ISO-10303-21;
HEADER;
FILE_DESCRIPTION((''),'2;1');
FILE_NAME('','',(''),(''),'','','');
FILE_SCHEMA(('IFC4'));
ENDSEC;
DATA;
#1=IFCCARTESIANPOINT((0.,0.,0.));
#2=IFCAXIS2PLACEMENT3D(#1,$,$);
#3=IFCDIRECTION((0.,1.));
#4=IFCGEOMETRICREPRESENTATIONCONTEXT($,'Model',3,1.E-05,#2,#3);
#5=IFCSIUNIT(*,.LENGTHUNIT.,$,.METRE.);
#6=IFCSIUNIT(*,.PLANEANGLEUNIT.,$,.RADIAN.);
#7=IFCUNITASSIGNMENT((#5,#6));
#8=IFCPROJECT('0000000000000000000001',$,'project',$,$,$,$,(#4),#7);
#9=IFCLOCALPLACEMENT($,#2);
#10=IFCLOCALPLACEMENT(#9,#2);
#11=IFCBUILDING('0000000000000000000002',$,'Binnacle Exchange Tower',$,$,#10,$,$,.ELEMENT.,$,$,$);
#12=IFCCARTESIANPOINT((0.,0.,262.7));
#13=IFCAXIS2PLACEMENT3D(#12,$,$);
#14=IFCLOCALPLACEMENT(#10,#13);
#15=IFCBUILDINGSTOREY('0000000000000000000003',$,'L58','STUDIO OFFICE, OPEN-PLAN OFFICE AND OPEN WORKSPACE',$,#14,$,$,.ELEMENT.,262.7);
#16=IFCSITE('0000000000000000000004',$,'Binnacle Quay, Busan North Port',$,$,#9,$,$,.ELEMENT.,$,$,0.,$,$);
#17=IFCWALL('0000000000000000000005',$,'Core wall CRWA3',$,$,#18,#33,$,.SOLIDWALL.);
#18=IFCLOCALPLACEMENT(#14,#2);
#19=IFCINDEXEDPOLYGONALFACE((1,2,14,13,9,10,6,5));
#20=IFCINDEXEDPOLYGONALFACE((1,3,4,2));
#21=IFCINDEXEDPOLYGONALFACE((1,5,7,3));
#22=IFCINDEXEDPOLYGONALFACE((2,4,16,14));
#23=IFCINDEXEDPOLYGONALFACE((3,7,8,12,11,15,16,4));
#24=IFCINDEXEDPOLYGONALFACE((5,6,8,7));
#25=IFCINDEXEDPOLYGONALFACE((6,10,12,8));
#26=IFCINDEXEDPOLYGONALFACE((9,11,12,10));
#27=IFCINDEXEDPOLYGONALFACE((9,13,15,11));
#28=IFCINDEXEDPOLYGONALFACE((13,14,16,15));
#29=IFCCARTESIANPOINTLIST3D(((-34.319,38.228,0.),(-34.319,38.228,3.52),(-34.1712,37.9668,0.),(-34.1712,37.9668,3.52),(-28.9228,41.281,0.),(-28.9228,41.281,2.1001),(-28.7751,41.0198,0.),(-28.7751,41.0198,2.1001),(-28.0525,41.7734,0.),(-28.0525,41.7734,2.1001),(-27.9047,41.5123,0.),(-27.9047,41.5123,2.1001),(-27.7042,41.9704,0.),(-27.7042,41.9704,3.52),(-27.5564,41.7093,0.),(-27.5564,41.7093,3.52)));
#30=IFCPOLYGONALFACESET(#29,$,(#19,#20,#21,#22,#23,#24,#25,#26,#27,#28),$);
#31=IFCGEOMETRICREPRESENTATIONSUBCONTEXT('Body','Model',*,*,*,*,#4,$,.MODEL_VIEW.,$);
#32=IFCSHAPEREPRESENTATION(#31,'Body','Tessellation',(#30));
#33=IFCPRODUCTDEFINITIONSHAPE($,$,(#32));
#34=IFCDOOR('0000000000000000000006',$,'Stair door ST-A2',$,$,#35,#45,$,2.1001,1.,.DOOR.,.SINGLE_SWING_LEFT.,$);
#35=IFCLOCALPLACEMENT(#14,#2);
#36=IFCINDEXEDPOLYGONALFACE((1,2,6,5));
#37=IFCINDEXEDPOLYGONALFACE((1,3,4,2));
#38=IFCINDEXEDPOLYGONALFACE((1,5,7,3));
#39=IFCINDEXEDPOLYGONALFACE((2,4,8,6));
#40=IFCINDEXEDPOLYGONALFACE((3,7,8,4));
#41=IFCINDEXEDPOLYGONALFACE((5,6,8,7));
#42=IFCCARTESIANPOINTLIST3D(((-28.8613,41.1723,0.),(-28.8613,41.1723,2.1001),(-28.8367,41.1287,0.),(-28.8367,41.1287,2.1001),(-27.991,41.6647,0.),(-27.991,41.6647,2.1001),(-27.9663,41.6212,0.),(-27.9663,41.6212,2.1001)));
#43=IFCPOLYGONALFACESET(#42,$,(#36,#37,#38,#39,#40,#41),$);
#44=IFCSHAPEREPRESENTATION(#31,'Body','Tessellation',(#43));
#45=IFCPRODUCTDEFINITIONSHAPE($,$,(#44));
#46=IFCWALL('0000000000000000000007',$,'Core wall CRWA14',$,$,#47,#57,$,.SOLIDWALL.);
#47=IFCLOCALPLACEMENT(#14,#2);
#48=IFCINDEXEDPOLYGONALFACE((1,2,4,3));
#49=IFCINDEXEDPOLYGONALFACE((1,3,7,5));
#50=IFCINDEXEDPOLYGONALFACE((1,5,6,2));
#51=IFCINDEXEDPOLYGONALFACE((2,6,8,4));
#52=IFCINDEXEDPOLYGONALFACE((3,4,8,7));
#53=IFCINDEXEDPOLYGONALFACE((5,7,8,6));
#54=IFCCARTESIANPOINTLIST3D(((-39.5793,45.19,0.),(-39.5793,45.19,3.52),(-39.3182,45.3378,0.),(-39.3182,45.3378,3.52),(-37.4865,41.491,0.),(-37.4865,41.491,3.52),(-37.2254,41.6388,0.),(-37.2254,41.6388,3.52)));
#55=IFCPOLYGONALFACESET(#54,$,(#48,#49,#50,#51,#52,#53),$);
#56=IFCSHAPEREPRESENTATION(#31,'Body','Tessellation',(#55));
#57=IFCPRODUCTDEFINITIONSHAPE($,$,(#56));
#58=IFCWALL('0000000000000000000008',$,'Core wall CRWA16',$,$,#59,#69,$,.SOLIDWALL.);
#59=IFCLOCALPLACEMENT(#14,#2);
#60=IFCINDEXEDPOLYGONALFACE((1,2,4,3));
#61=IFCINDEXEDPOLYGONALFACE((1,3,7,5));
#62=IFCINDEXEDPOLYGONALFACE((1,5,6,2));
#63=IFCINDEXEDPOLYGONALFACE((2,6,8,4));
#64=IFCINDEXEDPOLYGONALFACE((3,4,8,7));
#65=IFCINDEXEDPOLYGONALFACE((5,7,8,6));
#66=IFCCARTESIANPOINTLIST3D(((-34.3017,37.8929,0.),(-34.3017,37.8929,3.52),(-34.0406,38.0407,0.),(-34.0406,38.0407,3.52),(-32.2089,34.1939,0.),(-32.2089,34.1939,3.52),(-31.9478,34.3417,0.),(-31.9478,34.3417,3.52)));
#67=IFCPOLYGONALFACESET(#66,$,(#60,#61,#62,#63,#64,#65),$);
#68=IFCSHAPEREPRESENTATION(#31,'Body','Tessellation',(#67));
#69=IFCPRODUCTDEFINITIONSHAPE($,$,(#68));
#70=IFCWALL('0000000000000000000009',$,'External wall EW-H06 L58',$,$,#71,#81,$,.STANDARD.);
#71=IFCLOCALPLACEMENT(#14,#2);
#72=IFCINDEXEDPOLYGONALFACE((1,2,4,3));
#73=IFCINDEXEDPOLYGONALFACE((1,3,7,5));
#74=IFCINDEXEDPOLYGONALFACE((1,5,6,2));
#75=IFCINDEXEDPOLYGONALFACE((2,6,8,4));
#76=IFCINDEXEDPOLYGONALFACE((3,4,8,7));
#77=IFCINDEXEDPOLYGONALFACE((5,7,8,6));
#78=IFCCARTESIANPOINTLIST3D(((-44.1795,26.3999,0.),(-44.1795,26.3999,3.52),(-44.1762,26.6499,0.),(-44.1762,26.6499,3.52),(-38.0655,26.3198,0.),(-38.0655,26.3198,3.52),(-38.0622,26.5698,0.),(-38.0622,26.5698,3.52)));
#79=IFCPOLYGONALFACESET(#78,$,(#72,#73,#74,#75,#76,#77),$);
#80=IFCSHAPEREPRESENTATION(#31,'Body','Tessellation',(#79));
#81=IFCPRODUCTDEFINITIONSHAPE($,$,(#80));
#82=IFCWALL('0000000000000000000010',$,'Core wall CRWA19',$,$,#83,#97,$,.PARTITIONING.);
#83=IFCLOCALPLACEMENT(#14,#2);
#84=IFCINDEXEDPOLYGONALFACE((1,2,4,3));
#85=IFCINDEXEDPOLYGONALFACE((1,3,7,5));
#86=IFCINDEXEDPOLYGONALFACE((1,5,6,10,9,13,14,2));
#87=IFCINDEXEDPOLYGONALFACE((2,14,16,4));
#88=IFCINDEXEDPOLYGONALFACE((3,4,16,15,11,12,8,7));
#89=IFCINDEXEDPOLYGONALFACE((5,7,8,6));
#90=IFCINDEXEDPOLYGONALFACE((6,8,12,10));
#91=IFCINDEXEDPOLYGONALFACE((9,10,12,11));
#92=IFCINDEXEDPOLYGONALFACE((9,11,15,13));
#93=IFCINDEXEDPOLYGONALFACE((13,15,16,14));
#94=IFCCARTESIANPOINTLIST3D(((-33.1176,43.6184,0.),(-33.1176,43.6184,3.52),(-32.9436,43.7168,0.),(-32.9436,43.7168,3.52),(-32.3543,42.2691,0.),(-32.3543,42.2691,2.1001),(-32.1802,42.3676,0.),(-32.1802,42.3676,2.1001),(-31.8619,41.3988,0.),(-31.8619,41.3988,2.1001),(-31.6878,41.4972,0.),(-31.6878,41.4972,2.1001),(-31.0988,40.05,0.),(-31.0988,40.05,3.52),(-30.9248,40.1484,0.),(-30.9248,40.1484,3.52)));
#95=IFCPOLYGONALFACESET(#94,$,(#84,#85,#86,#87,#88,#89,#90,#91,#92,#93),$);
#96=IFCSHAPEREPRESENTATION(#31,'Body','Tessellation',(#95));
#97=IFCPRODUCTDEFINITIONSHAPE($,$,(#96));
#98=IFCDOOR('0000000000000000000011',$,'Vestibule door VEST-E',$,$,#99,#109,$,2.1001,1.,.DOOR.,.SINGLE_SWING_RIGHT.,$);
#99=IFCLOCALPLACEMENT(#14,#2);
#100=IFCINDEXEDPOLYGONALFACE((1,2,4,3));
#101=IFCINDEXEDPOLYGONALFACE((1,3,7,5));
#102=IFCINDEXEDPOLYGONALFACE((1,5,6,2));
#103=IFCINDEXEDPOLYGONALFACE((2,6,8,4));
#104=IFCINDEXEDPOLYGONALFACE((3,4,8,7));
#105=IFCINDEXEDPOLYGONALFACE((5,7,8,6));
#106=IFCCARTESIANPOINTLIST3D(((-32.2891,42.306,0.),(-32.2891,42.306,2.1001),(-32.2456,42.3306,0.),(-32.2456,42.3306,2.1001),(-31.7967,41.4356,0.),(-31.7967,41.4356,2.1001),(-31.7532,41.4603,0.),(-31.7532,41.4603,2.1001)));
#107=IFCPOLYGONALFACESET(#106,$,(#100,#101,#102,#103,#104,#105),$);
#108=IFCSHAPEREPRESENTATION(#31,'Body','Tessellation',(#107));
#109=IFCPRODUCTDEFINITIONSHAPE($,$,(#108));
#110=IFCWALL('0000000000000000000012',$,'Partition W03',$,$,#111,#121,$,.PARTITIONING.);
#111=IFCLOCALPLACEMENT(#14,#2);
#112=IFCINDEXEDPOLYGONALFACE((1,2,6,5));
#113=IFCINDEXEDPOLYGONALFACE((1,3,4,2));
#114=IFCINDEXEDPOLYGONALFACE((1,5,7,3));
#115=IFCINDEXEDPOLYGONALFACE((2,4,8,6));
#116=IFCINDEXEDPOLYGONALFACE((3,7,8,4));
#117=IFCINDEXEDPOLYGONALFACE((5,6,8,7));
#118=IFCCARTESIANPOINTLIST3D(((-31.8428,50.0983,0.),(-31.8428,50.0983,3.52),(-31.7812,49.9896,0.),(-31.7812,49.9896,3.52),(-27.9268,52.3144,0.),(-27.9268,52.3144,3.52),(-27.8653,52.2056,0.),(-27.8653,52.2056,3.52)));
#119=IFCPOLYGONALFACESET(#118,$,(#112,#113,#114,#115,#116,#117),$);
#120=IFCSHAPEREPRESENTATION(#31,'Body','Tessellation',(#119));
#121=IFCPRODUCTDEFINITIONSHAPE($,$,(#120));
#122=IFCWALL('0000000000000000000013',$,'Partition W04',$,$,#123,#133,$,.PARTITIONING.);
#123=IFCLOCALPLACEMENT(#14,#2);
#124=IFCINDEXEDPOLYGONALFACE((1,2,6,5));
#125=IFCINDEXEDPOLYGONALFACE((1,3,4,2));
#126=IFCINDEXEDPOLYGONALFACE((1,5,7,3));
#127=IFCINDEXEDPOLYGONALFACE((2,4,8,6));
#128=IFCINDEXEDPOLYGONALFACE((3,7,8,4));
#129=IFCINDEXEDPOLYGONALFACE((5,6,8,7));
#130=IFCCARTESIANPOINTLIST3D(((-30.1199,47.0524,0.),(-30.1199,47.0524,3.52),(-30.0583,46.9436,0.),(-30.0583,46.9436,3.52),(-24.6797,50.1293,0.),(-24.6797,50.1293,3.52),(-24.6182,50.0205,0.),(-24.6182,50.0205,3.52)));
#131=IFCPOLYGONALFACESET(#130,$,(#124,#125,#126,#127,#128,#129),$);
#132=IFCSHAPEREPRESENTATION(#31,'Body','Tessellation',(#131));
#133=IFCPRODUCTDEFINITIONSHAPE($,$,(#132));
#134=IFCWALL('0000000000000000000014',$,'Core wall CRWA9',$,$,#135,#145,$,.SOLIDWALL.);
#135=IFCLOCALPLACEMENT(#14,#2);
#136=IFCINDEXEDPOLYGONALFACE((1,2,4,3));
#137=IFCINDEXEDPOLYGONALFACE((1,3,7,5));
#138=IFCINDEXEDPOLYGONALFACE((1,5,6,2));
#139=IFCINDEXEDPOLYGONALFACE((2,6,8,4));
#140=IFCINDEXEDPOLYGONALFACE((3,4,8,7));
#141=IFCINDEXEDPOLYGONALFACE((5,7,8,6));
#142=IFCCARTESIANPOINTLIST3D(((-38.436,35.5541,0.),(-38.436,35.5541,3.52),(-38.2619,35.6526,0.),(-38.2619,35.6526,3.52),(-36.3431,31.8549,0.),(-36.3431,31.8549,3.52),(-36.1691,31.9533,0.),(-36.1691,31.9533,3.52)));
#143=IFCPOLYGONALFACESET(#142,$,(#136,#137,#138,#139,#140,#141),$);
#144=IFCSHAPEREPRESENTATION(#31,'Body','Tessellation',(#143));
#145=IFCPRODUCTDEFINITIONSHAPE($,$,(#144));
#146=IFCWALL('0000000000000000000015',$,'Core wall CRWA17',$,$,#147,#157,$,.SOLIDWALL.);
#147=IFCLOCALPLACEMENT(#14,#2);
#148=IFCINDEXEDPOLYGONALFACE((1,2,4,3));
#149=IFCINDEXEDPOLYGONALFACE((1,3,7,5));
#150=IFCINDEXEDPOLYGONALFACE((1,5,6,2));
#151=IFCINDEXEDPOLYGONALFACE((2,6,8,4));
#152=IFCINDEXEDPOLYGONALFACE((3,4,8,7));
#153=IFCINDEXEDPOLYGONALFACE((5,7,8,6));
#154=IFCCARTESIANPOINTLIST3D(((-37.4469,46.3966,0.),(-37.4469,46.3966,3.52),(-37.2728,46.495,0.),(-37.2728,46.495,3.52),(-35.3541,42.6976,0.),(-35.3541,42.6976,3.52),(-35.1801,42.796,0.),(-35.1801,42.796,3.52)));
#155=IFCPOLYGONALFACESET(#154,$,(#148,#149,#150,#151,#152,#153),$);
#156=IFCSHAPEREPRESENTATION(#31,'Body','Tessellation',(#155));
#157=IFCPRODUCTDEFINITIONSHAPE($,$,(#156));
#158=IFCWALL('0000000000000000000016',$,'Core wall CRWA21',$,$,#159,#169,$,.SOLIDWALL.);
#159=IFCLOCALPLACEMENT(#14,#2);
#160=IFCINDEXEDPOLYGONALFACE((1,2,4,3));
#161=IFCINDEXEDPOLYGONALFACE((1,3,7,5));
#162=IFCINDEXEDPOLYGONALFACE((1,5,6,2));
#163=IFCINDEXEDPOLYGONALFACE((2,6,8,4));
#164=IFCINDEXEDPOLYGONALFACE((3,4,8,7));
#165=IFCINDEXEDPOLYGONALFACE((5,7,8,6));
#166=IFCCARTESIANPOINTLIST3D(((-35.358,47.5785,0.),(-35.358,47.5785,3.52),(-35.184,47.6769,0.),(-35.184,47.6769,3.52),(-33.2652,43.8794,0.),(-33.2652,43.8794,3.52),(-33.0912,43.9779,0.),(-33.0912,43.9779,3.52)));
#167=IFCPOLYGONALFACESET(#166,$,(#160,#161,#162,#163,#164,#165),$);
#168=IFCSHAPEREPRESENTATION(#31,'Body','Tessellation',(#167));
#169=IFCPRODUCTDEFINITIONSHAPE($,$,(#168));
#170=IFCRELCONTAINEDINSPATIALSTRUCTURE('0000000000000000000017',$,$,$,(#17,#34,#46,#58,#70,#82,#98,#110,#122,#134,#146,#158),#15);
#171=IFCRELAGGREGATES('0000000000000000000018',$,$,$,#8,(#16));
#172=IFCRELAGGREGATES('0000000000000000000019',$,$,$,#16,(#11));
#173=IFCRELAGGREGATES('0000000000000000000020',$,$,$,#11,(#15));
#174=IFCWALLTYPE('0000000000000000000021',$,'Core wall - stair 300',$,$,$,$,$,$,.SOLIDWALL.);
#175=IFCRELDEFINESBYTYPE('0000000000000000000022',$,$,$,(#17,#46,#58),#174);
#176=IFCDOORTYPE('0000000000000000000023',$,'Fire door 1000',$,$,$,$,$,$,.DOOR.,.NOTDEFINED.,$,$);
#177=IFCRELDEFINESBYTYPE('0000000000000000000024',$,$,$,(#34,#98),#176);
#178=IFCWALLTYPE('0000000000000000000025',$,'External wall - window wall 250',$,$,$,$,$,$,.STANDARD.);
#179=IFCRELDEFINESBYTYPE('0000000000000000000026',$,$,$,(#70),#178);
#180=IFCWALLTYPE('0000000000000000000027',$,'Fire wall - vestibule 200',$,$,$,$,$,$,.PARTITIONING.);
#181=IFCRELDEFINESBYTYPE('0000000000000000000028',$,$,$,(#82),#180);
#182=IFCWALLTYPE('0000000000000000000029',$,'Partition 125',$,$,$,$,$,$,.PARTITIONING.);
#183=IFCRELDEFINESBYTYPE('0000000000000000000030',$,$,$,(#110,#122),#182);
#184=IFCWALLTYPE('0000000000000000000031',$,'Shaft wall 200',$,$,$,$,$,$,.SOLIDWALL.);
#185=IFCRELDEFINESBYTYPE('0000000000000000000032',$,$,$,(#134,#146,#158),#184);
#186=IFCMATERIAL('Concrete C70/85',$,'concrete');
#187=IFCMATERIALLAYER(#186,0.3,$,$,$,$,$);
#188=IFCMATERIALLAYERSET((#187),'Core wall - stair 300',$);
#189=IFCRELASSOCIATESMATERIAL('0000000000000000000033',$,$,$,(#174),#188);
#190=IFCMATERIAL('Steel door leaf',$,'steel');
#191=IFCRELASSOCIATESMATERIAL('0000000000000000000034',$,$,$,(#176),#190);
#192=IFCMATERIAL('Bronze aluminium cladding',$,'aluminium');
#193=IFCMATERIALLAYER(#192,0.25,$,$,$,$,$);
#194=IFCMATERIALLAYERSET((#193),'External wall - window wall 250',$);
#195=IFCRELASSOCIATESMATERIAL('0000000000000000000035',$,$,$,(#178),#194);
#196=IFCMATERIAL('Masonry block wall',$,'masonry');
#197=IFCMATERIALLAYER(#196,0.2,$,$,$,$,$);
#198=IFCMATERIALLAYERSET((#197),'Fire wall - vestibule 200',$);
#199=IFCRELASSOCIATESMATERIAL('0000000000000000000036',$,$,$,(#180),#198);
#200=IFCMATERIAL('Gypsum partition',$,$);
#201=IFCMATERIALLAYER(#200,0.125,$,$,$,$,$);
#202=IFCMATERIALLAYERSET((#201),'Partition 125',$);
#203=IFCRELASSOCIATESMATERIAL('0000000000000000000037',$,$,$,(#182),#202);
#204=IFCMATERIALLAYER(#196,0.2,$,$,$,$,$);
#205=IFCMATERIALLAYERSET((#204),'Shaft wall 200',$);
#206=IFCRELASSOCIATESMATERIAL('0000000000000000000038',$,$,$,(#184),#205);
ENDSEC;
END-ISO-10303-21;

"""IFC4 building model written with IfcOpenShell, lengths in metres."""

from ifc_helpers import new_model, si_unit, direction, frame, frame_2d, origin, place, context, subcontext, project, spatial, rectangle, extrude, material, layer, layer_set, type_object, element, fill, save


model = new_model("IFC4")

# Units and contexts
model_context = context("Model", 3, precision=1e-05, world=origin(), true_north=direction((0.0, 1.0)))
body_context = subcontext(model_context, "Body", "Model", "MODEL_VIEW")
ifc_project = project(units=[si_unit("LENGTHUNIT", "METRE"), si_unit("PLANEANGLEUNIT", "RADIAN")], contexts=[model_context])

# Site, building, storey
site_placement = place(None, origin())
site = spatial("IfcSite", under=ifc_project, at=site_placement, Name="Binnacle Quay, Busan North Port", CompositionType="ELEMENT", RefElevation=0.0)
building_placement = place(site_placement, origin())
building = spatial("IfcBuilding", under=site, at=building_placement, Name="Binnacle Exchange Tower", CompositionType="ELEMENT")
storey_placement = place(building_placement, frame((0.0, 0.0, 262.7)))
storey = spatial("IfcBuildingStorey", under=building, at=storey_placement, Name="L58", Description="STUDIO OFFICE, OPEN-PLAN OFFICE AND OPEN WORKSPACE", CompositionType="ELEMENT", Elevation=262.7)

# Shared definitions
ifc_material_1 = material(Name="Concrete C70/85", Category="concrete")
ifc_material_2 = material(Name="Steel door leaf", Category="steel")

# Wall, opening, door
ifc_layer_1 = layer(ifc_material_1, 0.3)
ifc_layer_set_1 = layer_set([ifc_layer_1], Name="Core wall - stair 300")
wall_type_1 = type_object("IfcWallType", Name="Core wall - stair 300", PredefinedType="SOLIDWALL", material=ifc_layer_set_1)
wall_1_placement = place(storey_placement, frame((-34.2451, 38.0974, 0.0), z_axis=(0.0, 0.0, 1.0), x_axis=(0.870356, 0.492422, 0.0)))
wall_1 = element("IfcWall", 1, at=wall_1_placement, inside=storey, type_object=wall_type_1, Name="Core wall CRWA3", PredefinedType="SOLIDWALL", context=body_context, shape_type="SweptSolid", body=[
    extrude(rectangle(XDim=7.6001, YDim=0.3, at=frame_2d((3.8, 0.0))), origin(), (0.0, 0.0, 1.0), 3.52),
])
opening_1_placement = place(wall_1_placement, frame((6.2, 0.0, 0.0)))
opening_1 = element("IfcOpeningElement", 2, at=opening_1_placement, cuts=wall_1, PredefinedType="OPENING", context=body_context, shape_type="SweptSolid", body=[
    extrude(rectangle(XDim=1.0, YDim=2.1001, at=frame_2d((0.5, 1.05))), frame((0.0, 0.1599, 0.0), z_axis=(0.0, -1.0, 0.0), x_axis=(1.0, 0.0, 0.0)), (0.0, 0.0, 1.0), 0.3201),
])
door_type_1 = type_object("IfcDoorType", Name="Fire door 1000", OperationType="NOTDEFINED", PredefinedType="DOOR", material=ifc_material_2)
door_1_placement = place(opening_1_placement, frame((1.0, 0.0, 0.0), z_axis=(0.0, 0.0, 1.0), x_axis=(-1.0, 0.0, 0.0)))
door_1 = element("IfcDoor", 3, at=door_1_placement, inside=storey, type_object=door_type_1, Name="Stair door ST-A2", OperationType="SINGLE_SWING_LEFT", OverallHeight=2.1001, OverallWidth=1.0, PredefinedType="DOOR", context=body_context, shape_type="SweptSolid", body=[
    extrude(rectangle(XDim=1.0, YDim=2.1001, at=frame_2d((0.5, 1.05))), frame((0.0, 0.0249, 0.0), z_axis=(0.0, -1.0, 0.0), x_axis=(1.0, 0.0, 0.0)), (0.0, 0.0, 1.0), 0.05),
])
fill(opening_1, door_1)

# Walls
for number, where, z_axis, x_axis, name in (
    (4, (-39.4487, 45.2639, 0.0), (0.0, 0.0, 1.0), (0.492423, -0.870356, 0.0), "Core wall CRWA14"),
    (5, (-34.1711, 37.9668, 0.0), (0.0, 0.0, 1.0), (0.492423, -0.870356, 0.0), "Core wall CRWA16"),
):
    element("IfcWall", number, at=place(storey_placement, frame(where, z_axis=z_axis, x_axis=x_axis)), inside=storey, type_object=wall_type_1, Name=name, PredefinedType="SOLIDWALL", context=body_context, shape_type="SweptSolid", body=[
        extrude(rectangle(XDim=4.25, YDim=0.3, at=frame_2d((2.125, 0.0))), origin(), (0.0, 0.0, 1.0), 3.52),
    ])
ifc_material_3 = material(Name="Bronze aluminium cladding", Category="aluminium")
ifc_layer_2 = layer(ifc_material_3, 0.25)
ifc_layer_set_2 = layer_set([ifc_layer_2], Name="External wall - window wall 250")
wall_type_2 = type_object("IfcWallType", Name="External wall - window wall 250", PredefinedType="STANDARD", material=ifc_layer_set_2)
wall_2_placement = place(storey_placement, frame((-38.064, 26.4448, 0.0), z_axis=(0.0, 0.0, 1.0), x_axis=(-0.999914, 0.013096, 0.0)))
element("IfcWall", 6, at=wall_2_placement, inside=storey, type_object=wall_type_2, Name="External wall EW-H06 L58", PredefinedType="STANDARD", context=body_context, shape_type="SweptSolid", body=[
    extrude(rectangle(XDim=6.1145, YDim=0.25, at=frame_2d((3.0571, 0.0))), origin(), (0.0, 0.0, 1.0), 3.52),
])

# Wall, opening, door
ifc_material_4 = material(Name="Masonry block wall", Category="masonry")
ifc_layer_3 = layer(ifc_material_4, 0.2)
ifc_layer_set_3 = layer_set([ifc_layer_3], Name="Fire wall - vestibule 200")
wall_type_3 = type_object("IfcWallType", Name="Fire wall - vestibule 200", PredefinedType="PARTITIONING", material=ifc_layer_set_3)
wall_3_placement = place(storey_placement, frame((-33.0305, 43.6675, 0.0), z_axis=(0.0, 0.0, 1.0), x_axis=(0.492408, -0.870364, 0.0)))
wall_3 = element("IfcWall", 7, at=wall_3_placement, inside=storey, type_object=wall_type_3, Name="Core wall CRWA19", PredefinedType="PARTITIONING", context=body_context, shape_type="SweptSolid", body=[
    extrude(rectangle(XDim=4.0999, YDim=0.2, at=frame_2d((2.0498, 0.0))), origin(), (0.0, 0.0, 1.0), 3.52),
])
opening_2_placement = place(wall_3_placement, frame((1.55, 0.0, 0.0)))
opening_2 = element("IfcOpeningElement", 8, at=opening_2_placement, cuts=wall_3, PredefinedType="OPENING", context=body_context, shape_type="SweptSolid", body=[
    extrude(rectangle(XDim=1.0, YDim=2.1001, at=frame_2d((0.5, 1.05))), frame((0.0, 0.1099, 0.0), z_axis=(0.0, -1.0, 0.0), x_axis=(1.0, 0.0, 0.0)), (0.0, 0.0, 1.0), 0.22),
])
door_2_placement = place(opening_2_placement, origin())
door_2 = element("IfcDoor", 9, at=door_2_placement, inside=storey, type_object=door_type_1, Name="Vestibule door VEST-E", OperationType="SINGLE_SWING_RIGHT", OverallHeight=2.1001, OverallWidth=1.0, PredefinedType="DOOR", context=body_context, shape_type="SweptSolid", body=[
    extrude(rectangle(XDim=1.0, YDim=2.1001, at=frame_2d((0.5, 1.05))), frame((0.0, 0.0249, 0.0), z_axis=(0.0, -1.0, 0.0), x_axis=(1.0, 0.0, 0.0)), (0.0, 0.0, 1.0), 0.05),
])
fill(opening_2, door_2)

# Walls
ifc_material_5 = material(Name="Gypsum partition")
ifc_layer_4 = layer(ifc_material_5, 0.125)
ifc_layer_set_4 = layer_set([ifc_layer_4], Name="Partition 125")
wall_type_4 = type_object("IfcWallType", Name="Partition 125", PredefinedType="PARTITIONING", material=ifc_layer_set_4)
wall_4_placement = place(storey_placement, frame((-31.812, 50.0439, 0.0), z_axis=(0.0, 0.0, 1.0), x_axis=(0.870309, 0.492506, 0.0)))
element("IfcWall", 10, at=wall_4_placement, inside=storey, type_object=wall_type_4, Name="Partition W03", PredefinedType="PARTITIONING", context=body_context, shape_type="SweptSolid", body=[
    extrude(rectangle(XDim=4.4995, YDim=0.125, at=frame_2d((2.2498, 0.0))), origin(), (0.0, 0.0, 1.0), 3.52),
])
wall_5_placement = place(storey_placement, frame((-30.0891, 46.998, 0.0), z_axis=(0.0, 0.0, 1.0), x_axis=(0.870425, 0.492302, 0.0)))
element("IfcWall", 11, at=wall_5_placement, inside=storey, type_object=wall_type_4, Name="Partition W04", PredefinedType="PARTITIONING", context=body_context, shape_type="SweptSolid", body=[
    extrude(rectangle(XDim=6.25, YDim=0.125, at=frame_2d((3.125, 0.0))), origin(), (0.0, 0.0, 1.0), 3.52),
])
ifc_layer_5 = layer(ifc_material_4, 0.2)
ifc_layer_set_5 = layer_set([ifc_layer_5], Name="Shaft wall 200")
wall_type_5 = type_object("IfcWallType", Name="Shaft wall 200", PredefinedType="SOLIDWALL", material=ifc_layer_set_5)
wall_6_placement = place(storey_placement, frame((-38.3489, 35.6033, 0.0), z_axis=(0.0, 0.0, 1.0), x_axis=(0.492398, -0.87037, 0.0)))
element("IfcWall", 12, at=wall_6_placement, inside=storey, type_object=wall_type_5, Name="Core wall CRWA9", PredefinedType="SOLIDWALL", context=body_context, shape_type="SweptSolid", body=[
    extrude(rectangle(XDim=4.2502, YDim=0.2, at=frame_2d((2.125, 0.0))), origin(), (0.0, 0.0, 1.0), 3.52),
])
for number, where, z_axis, x_axis, name in (
    (13, (-37.3599, 46.4458, 0.0), (0.0, 0.0, 1.0), (0.492423, -0.870356, 0.0), "Core wall CRWA17"),
    (14, (-35.271, 47.6277, 0.0), (0.0, 0.0, 1.0), (0.492423, -0.870356, 0.0), "Core wall CRWA21"),
):
    element("IfcWall", number, at=place(storey_placement, frame(where, z_axis=z_axis, x_axis=x_axis)), inside=storey, type_object=wall_type_5, Name=name, PredefinedType="SOLIDWALL", context=body_context, shape_type="SweptSolid", body=[
        extrude(rectangle(XDim=4.25, YDim=0.2, at=frame_2d((2.125, 0.0))), origin(), (0.0, 0.0, 1.0), 3.52),
    ])

save(model, "model.ifc")
